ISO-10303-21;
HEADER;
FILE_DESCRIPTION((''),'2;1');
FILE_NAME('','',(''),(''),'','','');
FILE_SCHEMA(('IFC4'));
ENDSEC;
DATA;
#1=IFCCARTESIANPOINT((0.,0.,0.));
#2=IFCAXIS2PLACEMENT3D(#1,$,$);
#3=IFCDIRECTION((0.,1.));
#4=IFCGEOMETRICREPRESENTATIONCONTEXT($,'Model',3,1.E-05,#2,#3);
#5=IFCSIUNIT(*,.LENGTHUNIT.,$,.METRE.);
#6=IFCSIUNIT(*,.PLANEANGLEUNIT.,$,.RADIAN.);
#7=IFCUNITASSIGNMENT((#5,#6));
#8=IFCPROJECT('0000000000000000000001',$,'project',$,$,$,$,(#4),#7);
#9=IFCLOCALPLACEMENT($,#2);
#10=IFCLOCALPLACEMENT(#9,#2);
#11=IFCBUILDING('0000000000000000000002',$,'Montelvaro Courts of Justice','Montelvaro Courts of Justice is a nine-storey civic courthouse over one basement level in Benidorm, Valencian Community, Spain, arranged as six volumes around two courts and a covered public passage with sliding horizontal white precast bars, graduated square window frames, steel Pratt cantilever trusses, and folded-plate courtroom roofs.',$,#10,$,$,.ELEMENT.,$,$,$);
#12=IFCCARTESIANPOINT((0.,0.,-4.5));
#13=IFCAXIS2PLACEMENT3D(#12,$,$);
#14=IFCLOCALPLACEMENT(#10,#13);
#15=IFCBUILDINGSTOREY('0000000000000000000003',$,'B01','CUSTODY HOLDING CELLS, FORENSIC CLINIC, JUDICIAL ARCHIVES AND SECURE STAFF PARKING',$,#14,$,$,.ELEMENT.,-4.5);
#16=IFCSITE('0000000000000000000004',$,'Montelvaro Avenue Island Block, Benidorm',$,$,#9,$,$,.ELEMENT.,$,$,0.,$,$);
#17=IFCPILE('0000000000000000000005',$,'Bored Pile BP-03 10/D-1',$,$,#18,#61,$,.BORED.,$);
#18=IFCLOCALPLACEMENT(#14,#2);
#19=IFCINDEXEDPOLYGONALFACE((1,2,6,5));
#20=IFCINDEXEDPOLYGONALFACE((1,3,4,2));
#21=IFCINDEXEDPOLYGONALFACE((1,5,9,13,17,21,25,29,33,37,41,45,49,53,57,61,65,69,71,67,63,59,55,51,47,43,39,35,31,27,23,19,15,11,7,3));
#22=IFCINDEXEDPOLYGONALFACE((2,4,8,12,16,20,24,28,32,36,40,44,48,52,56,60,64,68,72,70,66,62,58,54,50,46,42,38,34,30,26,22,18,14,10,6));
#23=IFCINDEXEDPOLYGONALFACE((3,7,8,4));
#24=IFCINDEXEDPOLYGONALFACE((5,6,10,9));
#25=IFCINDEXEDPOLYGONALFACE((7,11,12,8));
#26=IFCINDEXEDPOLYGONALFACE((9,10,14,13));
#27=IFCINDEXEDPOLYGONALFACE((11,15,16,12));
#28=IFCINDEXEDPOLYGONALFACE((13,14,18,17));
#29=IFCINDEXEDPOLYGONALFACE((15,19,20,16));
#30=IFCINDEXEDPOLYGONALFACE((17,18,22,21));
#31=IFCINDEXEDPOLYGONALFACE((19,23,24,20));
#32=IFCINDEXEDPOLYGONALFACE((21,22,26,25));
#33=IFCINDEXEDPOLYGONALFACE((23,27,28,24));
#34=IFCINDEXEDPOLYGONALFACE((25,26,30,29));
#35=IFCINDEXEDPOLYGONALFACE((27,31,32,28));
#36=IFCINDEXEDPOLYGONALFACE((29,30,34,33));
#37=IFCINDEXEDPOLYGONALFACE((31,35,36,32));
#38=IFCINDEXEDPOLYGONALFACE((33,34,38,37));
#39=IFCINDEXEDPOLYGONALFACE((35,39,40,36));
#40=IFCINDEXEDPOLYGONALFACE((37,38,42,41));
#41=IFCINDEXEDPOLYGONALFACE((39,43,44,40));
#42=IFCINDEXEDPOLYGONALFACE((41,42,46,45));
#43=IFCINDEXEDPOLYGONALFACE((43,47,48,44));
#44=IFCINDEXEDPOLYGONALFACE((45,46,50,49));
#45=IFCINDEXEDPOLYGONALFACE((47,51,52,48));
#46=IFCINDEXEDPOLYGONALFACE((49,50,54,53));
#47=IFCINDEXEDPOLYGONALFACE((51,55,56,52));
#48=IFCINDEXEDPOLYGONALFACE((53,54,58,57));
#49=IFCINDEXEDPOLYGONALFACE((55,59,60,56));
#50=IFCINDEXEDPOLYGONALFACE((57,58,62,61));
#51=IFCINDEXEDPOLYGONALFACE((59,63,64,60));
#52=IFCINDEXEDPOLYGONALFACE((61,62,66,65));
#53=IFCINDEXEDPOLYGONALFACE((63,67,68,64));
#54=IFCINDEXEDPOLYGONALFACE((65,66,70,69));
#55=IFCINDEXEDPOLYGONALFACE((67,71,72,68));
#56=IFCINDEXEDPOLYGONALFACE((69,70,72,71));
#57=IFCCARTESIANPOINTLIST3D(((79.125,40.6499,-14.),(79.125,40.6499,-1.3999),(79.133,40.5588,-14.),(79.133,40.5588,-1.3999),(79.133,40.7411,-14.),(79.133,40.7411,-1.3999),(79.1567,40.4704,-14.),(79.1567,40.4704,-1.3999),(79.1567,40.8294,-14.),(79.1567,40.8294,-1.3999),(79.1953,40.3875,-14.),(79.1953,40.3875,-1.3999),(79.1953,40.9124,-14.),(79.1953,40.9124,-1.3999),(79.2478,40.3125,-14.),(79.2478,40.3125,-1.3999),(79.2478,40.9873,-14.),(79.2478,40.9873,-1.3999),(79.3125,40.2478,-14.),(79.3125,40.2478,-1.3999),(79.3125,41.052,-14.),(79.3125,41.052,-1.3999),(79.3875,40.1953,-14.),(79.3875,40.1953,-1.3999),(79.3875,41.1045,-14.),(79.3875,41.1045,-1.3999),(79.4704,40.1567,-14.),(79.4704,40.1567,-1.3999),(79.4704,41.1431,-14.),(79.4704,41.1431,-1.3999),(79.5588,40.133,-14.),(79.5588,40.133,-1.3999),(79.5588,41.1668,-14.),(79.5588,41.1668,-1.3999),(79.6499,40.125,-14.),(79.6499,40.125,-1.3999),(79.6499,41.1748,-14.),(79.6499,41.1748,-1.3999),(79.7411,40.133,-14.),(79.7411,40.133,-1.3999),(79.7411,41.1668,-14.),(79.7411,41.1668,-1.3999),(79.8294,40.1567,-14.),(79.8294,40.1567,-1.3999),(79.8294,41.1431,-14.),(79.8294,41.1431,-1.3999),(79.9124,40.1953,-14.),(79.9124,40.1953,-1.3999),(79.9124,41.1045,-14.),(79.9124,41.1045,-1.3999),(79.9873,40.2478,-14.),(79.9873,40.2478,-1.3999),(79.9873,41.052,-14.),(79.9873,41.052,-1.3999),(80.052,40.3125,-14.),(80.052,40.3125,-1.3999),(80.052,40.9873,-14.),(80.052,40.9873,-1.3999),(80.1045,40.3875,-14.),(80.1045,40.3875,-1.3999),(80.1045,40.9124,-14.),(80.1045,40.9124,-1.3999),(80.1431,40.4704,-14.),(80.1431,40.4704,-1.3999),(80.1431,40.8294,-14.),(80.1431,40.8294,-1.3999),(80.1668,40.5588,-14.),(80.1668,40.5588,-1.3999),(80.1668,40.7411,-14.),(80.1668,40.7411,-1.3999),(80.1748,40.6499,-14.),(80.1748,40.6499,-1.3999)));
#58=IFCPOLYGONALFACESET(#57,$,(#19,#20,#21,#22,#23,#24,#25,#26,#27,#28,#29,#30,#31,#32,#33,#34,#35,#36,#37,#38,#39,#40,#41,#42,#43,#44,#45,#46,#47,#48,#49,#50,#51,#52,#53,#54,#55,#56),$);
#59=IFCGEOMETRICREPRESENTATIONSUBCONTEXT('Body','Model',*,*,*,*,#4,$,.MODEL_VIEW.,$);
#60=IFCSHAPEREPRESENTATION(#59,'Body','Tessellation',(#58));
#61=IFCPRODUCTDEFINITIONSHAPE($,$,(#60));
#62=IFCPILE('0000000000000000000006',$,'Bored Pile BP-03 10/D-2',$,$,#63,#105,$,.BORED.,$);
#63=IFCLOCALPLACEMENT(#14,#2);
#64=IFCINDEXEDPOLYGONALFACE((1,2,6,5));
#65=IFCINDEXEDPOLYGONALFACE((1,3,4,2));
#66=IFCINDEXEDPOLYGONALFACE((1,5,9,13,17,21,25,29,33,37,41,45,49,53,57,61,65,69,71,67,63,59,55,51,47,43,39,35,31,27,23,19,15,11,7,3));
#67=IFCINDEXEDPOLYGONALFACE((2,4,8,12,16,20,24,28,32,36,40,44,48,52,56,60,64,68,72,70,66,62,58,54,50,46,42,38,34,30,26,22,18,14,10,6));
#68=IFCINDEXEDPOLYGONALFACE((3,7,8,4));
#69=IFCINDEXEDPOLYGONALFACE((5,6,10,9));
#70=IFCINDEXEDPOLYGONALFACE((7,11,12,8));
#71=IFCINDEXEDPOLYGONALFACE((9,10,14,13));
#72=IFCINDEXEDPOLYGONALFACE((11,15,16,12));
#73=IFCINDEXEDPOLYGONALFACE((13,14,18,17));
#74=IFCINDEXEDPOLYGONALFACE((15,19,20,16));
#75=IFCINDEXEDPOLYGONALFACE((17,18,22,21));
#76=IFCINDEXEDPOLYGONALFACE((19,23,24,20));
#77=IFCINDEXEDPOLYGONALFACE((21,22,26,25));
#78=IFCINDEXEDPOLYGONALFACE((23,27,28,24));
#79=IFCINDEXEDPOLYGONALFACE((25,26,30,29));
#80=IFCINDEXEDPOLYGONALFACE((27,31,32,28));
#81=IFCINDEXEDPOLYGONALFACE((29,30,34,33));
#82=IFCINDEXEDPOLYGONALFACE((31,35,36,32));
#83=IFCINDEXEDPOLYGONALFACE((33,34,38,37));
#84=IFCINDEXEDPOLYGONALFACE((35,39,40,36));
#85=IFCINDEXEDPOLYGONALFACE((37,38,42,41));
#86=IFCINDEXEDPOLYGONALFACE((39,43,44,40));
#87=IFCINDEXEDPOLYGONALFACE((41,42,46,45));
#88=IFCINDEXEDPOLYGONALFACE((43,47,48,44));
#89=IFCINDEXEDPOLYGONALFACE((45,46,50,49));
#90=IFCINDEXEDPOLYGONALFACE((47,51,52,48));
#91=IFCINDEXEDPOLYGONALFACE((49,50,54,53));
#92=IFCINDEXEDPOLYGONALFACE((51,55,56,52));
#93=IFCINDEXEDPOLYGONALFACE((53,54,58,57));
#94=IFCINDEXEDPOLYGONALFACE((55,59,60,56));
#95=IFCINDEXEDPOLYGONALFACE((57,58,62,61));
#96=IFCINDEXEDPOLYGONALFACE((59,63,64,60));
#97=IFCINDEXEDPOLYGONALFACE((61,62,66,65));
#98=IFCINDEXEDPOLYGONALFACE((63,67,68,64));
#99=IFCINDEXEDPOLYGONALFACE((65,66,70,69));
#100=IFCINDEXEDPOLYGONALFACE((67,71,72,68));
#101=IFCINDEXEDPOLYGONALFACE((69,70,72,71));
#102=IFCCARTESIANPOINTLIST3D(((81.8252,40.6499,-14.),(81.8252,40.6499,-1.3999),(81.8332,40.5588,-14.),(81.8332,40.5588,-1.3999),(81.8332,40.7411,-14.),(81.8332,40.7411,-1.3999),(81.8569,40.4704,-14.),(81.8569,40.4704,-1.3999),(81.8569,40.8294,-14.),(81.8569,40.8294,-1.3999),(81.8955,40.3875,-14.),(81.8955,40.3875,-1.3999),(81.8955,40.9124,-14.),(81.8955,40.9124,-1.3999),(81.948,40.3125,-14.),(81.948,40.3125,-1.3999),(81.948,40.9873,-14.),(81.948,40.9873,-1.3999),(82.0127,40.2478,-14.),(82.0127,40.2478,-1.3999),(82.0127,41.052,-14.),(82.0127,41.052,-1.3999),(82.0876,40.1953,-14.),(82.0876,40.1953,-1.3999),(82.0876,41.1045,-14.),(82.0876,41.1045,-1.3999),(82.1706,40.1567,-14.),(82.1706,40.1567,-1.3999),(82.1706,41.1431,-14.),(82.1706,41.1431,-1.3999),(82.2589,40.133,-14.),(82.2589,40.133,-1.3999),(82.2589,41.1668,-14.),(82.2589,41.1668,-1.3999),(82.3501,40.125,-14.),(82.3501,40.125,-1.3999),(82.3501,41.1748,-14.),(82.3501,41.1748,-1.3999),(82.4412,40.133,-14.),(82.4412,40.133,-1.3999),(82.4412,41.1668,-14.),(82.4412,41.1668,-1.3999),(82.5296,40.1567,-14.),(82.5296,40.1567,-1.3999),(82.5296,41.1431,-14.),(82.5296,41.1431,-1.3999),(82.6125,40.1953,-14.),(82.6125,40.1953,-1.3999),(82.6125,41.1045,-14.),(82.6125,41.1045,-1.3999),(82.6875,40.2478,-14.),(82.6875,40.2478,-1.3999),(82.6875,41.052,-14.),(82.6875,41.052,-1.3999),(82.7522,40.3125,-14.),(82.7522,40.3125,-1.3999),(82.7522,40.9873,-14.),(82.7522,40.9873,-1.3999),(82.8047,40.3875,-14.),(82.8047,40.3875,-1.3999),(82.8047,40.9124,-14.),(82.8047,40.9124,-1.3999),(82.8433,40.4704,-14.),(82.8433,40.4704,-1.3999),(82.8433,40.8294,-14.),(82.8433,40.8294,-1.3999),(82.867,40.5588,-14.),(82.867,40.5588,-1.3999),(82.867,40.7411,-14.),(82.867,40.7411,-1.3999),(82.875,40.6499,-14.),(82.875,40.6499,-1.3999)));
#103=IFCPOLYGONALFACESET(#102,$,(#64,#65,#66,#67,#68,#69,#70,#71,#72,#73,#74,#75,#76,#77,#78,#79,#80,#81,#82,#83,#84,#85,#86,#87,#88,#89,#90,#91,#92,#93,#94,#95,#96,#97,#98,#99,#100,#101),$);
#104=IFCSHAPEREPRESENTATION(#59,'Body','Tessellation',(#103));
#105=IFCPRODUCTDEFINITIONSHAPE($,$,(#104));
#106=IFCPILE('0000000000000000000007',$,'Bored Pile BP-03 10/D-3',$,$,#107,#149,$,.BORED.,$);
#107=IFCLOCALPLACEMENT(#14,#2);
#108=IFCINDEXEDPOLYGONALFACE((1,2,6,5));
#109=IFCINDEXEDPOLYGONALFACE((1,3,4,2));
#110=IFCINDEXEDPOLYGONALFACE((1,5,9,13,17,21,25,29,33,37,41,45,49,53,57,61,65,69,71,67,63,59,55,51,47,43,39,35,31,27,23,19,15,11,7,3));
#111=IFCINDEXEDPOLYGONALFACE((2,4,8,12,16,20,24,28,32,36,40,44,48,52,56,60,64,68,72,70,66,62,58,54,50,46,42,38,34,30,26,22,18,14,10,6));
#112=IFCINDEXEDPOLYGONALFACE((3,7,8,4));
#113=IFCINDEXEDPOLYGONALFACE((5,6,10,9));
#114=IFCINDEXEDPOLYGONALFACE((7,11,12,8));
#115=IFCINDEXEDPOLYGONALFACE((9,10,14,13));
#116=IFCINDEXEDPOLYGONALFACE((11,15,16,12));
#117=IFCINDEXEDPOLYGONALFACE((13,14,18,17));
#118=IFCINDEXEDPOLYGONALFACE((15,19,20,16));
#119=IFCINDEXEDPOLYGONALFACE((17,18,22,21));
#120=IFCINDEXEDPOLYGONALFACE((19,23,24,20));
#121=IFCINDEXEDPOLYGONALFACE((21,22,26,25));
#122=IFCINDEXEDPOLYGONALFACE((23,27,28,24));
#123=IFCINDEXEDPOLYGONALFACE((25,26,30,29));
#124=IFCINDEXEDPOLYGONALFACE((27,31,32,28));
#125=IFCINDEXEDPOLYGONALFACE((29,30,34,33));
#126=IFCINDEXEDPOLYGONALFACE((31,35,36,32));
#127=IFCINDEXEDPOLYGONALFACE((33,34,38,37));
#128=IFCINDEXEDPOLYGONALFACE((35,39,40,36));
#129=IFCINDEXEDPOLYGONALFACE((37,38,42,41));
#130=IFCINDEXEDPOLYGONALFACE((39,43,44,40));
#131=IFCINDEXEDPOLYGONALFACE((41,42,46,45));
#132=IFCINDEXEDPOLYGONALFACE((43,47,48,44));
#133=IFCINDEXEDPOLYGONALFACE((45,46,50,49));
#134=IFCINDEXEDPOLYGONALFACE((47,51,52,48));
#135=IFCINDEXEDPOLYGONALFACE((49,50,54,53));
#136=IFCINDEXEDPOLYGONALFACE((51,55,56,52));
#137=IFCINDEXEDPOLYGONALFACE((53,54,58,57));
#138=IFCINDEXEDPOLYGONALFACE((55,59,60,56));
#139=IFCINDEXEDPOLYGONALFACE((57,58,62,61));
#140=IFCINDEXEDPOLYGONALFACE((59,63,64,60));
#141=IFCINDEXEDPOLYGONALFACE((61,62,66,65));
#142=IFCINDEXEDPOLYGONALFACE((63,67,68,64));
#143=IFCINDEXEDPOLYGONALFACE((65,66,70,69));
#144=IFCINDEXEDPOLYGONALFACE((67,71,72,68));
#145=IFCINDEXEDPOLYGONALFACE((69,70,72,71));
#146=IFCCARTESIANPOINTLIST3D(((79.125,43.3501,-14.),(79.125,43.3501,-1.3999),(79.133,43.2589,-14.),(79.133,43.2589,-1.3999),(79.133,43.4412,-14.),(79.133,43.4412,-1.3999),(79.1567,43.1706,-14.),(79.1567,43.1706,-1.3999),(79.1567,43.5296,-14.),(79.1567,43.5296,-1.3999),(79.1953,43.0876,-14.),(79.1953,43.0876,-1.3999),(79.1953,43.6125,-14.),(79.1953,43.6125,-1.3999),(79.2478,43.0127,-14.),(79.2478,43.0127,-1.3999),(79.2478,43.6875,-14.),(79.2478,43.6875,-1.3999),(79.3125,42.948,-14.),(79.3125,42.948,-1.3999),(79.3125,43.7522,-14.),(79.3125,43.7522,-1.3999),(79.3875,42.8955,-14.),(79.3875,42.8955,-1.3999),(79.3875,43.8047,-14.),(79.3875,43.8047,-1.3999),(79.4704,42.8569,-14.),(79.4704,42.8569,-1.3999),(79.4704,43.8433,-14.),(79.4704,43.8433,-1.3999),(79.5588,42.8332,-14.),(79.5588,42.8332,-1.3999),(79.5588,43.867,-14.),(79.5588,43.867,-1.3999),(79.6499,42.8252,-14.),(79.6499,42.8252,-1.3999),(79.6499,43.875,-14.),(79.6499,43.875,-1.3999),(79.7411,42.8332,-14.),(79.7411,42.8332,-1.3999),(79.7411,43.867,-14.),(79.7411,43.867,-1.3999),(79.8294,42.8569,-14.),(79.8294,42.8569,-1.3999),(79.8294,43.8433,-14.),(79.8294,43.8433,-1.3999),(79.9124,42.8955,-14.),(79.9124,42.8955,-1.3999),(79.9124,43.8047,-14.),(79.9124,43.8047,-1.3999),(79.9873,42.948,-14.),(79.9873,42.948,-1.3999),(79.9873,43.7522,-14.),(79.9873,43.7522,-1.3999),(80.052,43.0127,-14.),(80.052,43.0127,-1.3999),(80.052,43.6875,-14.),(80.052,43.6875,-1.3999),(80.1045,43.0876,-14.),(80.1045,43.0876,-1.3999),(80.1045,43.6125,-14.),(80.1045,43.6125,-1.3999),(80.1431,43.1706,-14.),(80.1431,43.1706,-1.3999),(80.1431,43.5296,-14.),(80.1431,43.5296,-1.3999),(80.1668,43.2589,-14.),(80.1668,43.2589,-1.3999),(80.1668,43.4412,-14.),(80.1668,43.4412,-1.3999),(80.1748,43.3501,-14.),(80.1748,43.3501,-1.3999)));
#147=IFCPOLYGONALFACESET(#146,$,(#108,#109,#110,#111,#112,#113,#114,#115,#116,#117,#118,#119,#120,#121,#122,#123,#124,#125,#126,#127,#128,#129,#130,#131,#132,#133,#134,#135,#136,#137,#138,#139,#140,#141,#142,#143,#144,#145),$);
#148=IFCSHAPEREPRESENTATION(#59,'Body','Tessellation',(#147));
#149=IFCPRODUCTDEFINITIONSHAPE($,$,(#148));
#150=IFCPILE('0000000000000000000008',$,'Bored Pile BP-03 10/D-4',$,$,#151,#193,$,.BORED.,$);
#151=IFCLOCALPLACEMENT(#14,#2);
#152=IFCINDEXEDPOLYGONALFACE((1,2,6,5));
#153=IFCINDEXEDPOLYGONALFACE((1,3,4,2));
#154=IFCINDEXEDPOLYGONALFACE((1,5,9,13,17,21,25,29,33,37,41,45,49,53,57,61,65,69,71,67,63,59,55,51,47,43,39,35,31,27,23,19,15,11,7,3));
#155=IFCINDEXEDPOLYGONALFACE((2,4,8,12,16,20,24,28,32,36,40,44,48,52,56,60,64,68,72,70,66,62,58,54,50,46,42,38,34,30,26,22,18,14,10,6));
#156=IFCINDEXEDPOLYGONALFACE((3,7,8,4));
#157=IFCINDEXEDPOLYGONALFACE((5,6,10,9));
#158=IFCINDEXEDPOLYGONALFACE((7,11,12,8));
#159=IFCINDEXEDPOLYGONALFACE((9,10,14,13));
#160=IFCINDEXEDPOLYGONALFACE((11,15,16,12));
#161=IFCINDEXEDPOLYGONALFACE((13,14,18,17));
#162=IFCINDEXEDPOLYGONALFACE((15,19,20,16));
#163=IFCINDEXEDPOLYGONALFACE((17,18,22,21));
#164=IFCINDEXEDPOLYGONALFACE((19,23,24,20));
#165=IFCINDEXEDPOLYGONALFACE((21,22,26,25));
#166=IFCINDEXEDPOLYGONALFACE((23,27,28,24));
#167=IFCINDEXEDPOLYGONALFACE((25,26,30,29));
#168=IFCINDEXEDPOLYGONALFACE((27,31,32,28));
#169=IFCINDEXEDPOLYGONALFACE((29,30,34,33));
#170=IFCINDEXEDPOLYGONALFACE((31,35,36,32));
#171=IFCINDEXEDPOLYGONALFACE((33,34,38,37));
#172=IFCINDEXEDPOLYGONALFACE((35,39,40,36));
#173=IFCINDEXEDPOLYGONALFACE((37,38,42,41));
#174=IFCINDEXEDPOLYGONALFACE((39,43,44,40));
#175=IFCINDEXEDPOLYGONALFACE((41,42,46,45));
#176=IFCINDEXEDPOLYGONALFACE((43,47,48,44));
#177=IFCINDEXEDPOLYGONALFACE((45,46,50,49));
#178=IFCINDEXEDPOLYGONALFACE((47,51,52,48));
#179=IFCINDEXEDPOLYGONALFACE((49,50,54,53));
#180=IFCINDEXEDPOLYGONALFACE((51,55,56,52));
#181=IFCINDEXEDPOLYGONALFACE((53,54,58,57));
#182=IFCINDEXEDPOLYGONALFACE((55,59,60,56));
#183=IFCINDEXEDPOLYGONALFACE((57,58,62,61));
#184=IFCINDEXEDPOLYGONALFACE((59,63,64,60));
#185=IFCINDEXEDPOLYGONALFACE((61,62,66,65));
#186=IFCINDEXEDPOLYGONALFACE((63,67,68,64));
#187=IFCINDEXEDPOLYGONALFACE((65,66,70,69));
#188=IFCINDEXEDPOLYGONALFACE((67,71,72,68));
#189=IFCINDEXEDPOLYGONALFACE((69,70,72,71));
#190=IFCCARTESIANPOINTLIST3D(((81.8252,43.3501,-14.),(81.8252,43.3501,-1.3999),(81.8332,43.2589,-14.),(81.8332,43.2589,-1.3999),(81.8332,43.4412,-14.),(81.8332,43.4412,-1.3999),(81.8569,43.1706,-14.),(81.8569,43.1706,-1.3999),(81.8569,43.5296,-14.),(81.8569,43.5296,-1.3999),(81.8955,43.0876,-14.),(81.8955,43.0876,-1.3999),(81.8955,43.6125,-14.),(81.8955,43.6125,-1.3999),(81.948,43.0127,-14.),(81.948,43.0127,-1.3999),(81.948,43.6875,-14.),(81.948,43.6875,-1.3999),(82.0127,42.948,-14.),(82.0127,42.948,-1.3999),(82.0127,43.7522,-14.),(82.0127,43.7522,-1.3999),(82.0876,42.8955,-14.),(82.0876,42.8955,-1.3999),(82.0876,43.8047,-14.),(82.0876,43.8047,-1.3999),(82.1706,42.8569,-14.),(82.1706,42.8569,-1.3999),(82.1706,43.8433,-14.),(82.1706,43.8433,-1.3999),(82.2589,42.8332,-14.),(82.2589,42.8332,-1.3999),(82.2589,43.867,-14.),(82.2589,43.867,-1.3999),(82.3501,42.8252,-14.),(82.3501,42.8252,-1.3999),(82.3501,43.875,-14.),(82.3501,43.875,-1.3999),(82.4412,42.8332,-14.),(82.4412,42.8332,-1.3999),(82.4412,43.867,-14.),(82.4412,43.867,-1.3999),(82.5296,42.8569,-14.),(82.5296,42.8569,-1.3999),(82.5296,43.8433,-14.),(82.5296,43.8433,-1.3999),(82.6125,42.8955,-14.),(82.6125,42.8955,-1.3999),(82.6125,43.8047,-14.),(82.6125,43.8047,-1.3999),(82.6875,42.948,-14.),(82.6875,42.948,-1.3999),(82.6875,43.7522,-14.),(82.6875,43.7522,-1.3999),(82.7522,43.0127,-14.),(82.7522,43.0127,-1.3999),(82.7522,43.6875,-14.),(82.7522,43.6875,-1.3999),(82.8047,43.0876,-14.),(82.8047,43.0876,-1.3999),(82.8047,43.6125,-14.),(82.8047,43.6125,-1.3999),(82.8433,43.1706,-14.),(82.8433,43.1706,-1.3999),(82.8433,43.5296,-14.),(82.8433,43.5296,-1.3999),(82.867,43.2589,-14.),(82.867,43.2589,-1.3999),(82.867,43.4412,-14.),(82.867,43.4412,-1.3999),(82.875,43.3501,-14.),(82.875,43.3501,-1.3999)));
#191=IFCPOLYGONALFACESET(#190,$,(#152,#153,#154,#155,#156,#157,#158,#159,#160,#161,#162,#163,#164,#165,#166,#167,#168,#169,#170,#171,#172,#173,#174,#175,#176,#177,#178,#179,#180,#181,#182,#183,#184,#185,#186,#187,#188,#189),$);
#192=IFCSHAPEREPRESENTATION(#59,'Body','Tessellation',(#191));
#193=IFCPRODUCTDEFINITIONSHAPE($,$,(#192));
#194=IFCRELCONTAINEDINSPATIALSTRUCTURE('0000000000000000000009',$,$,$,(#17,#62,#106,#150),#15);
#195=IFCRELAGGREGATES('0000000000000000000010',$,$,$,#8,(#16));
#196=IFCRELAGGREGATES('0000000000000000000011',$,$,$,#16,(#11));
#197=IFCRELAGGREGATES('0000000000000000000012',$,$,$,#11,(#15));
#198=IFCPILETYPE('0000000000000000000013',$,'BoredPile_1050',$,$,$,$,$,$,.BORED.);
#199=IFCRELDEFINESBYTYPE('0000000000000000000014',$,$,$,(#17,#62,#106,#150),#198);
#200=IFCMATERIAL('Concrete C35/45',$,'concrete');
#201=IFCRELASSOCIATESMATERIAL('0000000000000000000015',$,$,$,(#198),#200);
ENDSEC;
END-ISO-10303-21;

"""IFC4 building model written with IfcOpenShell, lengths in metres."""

from ifc_helpers import new_model, si_unit, direction, frame, origin, origin_2d, place, context, subcontext, project, spatial, circle, extrude, material, material_profile, profile_set, type_object, element, save


model = new_model("IFC4")

# Units and contexts
model_context = context("Model", 3, precision=1e-05, world=origin(), true_north=direction((0.0, 1.0)))
body_context = subcontext(model_context, "Body", "Model", "MODEL_VIEW")
ifc_project = project(units=[si_unit("LENGTHUNIT", "METRE"), si_unit("PLANEANGLEUNIT", "RADIAN")], contexts=[model_context])

# Site, building, storey
site_placement = place(None, origin())
site = spatial("IfcSite", under=ifc_project, at=site_placement, Name="Montelvaro Avenue Island Block, Benidorm", CompositionType="ELEMENT", RefElevation=0.0)
building_placement = place(site_placement, origin())
building = spatial("IfcBuilding", under=site, at=building_placement, Name="Montelvaro Courts of Justice", Description="Montelvaro Courts of Justice is a nine-storey civic courthouse over one basement level in Benidorm, Valencian Community, Spain, arranged as six volumes around two courts and a covered public passage with sliding horizontal white precast bars, graduated square window frames, steel Pratt cantilever trusses, and folded-plate courtroom roofs.", CompositionType="ELEMENT")
storey_placement = place(building_placement, frame((0.0, 0.0, -4.5)))
storey = spatial("IfcBuildingStorey", under=building, at=storey_placement, Name="B01", Description="CUSTODY HOLDING CELLS, FORENSIC CLINIC, JUDICIAL ARCHIVES AND SECURE STAFF PARKING", CompositionType="ELEMENT", Elevation=-4.5)

# Piles
ifc_material_1 = material(Name="Concrete C35/45", Category="concrete")
ifc_material_profile_1 = material_profile(ifc_material_1, circle(Radius=0.5249, at=origin_2d()), Name="BORED PILE D1050")
ifc_profile_set_1 = profile_set([ifc_material_profile_1], Name="Concrete C35/45")
pile_type_1 = type_object("IfcPileType", Name="BoredPile_1050", PredefinedType="BORED", material=ifc_profile_set_1)
for number, where, z_axis, x_axis, name in (
    (1, (79.6499, 40.6499, -1.3999), (0.0, 0.0, -1.0), (1.0, 0.0, 0.0), "Bored Pile BP-03 10/D-1"),
    (2, (82.3501, 40.6499, -1.3999), (0.0, 0.0, -1.0), (1.0, 0.0, 0.0), "Bored Pile BP-03 10/D-2"),
    (3, (79.6499, 43.3501, -1.3999), (0.0, 0.0, -1.0), (1.0, 0.0, 0.0), "Bored Pile BP-03 10/D-3"),
    (4, (82.3501, 43.3501, -1.3999), (0.0, 0.0, -1.0), (1.0, 0.0, 0.0), "Bored Pile BP-03 10/D-4"),
):
    element("IfcPile", number, at=place(storey_placement, frame(where, z_axis=z_axis, x_axis=x_axis)), inside=storey, type_object=pile_type_1, Name=name, PredefinedType="BORED", context=body_context, shape_type="SweptSolid", body=[
        extrude(circle(Radius=0.5249, at=origin_2d()), origin(), (0.0, 0.0, 1.0), 12.6001),
    ])

save(model, "model.ifc")
